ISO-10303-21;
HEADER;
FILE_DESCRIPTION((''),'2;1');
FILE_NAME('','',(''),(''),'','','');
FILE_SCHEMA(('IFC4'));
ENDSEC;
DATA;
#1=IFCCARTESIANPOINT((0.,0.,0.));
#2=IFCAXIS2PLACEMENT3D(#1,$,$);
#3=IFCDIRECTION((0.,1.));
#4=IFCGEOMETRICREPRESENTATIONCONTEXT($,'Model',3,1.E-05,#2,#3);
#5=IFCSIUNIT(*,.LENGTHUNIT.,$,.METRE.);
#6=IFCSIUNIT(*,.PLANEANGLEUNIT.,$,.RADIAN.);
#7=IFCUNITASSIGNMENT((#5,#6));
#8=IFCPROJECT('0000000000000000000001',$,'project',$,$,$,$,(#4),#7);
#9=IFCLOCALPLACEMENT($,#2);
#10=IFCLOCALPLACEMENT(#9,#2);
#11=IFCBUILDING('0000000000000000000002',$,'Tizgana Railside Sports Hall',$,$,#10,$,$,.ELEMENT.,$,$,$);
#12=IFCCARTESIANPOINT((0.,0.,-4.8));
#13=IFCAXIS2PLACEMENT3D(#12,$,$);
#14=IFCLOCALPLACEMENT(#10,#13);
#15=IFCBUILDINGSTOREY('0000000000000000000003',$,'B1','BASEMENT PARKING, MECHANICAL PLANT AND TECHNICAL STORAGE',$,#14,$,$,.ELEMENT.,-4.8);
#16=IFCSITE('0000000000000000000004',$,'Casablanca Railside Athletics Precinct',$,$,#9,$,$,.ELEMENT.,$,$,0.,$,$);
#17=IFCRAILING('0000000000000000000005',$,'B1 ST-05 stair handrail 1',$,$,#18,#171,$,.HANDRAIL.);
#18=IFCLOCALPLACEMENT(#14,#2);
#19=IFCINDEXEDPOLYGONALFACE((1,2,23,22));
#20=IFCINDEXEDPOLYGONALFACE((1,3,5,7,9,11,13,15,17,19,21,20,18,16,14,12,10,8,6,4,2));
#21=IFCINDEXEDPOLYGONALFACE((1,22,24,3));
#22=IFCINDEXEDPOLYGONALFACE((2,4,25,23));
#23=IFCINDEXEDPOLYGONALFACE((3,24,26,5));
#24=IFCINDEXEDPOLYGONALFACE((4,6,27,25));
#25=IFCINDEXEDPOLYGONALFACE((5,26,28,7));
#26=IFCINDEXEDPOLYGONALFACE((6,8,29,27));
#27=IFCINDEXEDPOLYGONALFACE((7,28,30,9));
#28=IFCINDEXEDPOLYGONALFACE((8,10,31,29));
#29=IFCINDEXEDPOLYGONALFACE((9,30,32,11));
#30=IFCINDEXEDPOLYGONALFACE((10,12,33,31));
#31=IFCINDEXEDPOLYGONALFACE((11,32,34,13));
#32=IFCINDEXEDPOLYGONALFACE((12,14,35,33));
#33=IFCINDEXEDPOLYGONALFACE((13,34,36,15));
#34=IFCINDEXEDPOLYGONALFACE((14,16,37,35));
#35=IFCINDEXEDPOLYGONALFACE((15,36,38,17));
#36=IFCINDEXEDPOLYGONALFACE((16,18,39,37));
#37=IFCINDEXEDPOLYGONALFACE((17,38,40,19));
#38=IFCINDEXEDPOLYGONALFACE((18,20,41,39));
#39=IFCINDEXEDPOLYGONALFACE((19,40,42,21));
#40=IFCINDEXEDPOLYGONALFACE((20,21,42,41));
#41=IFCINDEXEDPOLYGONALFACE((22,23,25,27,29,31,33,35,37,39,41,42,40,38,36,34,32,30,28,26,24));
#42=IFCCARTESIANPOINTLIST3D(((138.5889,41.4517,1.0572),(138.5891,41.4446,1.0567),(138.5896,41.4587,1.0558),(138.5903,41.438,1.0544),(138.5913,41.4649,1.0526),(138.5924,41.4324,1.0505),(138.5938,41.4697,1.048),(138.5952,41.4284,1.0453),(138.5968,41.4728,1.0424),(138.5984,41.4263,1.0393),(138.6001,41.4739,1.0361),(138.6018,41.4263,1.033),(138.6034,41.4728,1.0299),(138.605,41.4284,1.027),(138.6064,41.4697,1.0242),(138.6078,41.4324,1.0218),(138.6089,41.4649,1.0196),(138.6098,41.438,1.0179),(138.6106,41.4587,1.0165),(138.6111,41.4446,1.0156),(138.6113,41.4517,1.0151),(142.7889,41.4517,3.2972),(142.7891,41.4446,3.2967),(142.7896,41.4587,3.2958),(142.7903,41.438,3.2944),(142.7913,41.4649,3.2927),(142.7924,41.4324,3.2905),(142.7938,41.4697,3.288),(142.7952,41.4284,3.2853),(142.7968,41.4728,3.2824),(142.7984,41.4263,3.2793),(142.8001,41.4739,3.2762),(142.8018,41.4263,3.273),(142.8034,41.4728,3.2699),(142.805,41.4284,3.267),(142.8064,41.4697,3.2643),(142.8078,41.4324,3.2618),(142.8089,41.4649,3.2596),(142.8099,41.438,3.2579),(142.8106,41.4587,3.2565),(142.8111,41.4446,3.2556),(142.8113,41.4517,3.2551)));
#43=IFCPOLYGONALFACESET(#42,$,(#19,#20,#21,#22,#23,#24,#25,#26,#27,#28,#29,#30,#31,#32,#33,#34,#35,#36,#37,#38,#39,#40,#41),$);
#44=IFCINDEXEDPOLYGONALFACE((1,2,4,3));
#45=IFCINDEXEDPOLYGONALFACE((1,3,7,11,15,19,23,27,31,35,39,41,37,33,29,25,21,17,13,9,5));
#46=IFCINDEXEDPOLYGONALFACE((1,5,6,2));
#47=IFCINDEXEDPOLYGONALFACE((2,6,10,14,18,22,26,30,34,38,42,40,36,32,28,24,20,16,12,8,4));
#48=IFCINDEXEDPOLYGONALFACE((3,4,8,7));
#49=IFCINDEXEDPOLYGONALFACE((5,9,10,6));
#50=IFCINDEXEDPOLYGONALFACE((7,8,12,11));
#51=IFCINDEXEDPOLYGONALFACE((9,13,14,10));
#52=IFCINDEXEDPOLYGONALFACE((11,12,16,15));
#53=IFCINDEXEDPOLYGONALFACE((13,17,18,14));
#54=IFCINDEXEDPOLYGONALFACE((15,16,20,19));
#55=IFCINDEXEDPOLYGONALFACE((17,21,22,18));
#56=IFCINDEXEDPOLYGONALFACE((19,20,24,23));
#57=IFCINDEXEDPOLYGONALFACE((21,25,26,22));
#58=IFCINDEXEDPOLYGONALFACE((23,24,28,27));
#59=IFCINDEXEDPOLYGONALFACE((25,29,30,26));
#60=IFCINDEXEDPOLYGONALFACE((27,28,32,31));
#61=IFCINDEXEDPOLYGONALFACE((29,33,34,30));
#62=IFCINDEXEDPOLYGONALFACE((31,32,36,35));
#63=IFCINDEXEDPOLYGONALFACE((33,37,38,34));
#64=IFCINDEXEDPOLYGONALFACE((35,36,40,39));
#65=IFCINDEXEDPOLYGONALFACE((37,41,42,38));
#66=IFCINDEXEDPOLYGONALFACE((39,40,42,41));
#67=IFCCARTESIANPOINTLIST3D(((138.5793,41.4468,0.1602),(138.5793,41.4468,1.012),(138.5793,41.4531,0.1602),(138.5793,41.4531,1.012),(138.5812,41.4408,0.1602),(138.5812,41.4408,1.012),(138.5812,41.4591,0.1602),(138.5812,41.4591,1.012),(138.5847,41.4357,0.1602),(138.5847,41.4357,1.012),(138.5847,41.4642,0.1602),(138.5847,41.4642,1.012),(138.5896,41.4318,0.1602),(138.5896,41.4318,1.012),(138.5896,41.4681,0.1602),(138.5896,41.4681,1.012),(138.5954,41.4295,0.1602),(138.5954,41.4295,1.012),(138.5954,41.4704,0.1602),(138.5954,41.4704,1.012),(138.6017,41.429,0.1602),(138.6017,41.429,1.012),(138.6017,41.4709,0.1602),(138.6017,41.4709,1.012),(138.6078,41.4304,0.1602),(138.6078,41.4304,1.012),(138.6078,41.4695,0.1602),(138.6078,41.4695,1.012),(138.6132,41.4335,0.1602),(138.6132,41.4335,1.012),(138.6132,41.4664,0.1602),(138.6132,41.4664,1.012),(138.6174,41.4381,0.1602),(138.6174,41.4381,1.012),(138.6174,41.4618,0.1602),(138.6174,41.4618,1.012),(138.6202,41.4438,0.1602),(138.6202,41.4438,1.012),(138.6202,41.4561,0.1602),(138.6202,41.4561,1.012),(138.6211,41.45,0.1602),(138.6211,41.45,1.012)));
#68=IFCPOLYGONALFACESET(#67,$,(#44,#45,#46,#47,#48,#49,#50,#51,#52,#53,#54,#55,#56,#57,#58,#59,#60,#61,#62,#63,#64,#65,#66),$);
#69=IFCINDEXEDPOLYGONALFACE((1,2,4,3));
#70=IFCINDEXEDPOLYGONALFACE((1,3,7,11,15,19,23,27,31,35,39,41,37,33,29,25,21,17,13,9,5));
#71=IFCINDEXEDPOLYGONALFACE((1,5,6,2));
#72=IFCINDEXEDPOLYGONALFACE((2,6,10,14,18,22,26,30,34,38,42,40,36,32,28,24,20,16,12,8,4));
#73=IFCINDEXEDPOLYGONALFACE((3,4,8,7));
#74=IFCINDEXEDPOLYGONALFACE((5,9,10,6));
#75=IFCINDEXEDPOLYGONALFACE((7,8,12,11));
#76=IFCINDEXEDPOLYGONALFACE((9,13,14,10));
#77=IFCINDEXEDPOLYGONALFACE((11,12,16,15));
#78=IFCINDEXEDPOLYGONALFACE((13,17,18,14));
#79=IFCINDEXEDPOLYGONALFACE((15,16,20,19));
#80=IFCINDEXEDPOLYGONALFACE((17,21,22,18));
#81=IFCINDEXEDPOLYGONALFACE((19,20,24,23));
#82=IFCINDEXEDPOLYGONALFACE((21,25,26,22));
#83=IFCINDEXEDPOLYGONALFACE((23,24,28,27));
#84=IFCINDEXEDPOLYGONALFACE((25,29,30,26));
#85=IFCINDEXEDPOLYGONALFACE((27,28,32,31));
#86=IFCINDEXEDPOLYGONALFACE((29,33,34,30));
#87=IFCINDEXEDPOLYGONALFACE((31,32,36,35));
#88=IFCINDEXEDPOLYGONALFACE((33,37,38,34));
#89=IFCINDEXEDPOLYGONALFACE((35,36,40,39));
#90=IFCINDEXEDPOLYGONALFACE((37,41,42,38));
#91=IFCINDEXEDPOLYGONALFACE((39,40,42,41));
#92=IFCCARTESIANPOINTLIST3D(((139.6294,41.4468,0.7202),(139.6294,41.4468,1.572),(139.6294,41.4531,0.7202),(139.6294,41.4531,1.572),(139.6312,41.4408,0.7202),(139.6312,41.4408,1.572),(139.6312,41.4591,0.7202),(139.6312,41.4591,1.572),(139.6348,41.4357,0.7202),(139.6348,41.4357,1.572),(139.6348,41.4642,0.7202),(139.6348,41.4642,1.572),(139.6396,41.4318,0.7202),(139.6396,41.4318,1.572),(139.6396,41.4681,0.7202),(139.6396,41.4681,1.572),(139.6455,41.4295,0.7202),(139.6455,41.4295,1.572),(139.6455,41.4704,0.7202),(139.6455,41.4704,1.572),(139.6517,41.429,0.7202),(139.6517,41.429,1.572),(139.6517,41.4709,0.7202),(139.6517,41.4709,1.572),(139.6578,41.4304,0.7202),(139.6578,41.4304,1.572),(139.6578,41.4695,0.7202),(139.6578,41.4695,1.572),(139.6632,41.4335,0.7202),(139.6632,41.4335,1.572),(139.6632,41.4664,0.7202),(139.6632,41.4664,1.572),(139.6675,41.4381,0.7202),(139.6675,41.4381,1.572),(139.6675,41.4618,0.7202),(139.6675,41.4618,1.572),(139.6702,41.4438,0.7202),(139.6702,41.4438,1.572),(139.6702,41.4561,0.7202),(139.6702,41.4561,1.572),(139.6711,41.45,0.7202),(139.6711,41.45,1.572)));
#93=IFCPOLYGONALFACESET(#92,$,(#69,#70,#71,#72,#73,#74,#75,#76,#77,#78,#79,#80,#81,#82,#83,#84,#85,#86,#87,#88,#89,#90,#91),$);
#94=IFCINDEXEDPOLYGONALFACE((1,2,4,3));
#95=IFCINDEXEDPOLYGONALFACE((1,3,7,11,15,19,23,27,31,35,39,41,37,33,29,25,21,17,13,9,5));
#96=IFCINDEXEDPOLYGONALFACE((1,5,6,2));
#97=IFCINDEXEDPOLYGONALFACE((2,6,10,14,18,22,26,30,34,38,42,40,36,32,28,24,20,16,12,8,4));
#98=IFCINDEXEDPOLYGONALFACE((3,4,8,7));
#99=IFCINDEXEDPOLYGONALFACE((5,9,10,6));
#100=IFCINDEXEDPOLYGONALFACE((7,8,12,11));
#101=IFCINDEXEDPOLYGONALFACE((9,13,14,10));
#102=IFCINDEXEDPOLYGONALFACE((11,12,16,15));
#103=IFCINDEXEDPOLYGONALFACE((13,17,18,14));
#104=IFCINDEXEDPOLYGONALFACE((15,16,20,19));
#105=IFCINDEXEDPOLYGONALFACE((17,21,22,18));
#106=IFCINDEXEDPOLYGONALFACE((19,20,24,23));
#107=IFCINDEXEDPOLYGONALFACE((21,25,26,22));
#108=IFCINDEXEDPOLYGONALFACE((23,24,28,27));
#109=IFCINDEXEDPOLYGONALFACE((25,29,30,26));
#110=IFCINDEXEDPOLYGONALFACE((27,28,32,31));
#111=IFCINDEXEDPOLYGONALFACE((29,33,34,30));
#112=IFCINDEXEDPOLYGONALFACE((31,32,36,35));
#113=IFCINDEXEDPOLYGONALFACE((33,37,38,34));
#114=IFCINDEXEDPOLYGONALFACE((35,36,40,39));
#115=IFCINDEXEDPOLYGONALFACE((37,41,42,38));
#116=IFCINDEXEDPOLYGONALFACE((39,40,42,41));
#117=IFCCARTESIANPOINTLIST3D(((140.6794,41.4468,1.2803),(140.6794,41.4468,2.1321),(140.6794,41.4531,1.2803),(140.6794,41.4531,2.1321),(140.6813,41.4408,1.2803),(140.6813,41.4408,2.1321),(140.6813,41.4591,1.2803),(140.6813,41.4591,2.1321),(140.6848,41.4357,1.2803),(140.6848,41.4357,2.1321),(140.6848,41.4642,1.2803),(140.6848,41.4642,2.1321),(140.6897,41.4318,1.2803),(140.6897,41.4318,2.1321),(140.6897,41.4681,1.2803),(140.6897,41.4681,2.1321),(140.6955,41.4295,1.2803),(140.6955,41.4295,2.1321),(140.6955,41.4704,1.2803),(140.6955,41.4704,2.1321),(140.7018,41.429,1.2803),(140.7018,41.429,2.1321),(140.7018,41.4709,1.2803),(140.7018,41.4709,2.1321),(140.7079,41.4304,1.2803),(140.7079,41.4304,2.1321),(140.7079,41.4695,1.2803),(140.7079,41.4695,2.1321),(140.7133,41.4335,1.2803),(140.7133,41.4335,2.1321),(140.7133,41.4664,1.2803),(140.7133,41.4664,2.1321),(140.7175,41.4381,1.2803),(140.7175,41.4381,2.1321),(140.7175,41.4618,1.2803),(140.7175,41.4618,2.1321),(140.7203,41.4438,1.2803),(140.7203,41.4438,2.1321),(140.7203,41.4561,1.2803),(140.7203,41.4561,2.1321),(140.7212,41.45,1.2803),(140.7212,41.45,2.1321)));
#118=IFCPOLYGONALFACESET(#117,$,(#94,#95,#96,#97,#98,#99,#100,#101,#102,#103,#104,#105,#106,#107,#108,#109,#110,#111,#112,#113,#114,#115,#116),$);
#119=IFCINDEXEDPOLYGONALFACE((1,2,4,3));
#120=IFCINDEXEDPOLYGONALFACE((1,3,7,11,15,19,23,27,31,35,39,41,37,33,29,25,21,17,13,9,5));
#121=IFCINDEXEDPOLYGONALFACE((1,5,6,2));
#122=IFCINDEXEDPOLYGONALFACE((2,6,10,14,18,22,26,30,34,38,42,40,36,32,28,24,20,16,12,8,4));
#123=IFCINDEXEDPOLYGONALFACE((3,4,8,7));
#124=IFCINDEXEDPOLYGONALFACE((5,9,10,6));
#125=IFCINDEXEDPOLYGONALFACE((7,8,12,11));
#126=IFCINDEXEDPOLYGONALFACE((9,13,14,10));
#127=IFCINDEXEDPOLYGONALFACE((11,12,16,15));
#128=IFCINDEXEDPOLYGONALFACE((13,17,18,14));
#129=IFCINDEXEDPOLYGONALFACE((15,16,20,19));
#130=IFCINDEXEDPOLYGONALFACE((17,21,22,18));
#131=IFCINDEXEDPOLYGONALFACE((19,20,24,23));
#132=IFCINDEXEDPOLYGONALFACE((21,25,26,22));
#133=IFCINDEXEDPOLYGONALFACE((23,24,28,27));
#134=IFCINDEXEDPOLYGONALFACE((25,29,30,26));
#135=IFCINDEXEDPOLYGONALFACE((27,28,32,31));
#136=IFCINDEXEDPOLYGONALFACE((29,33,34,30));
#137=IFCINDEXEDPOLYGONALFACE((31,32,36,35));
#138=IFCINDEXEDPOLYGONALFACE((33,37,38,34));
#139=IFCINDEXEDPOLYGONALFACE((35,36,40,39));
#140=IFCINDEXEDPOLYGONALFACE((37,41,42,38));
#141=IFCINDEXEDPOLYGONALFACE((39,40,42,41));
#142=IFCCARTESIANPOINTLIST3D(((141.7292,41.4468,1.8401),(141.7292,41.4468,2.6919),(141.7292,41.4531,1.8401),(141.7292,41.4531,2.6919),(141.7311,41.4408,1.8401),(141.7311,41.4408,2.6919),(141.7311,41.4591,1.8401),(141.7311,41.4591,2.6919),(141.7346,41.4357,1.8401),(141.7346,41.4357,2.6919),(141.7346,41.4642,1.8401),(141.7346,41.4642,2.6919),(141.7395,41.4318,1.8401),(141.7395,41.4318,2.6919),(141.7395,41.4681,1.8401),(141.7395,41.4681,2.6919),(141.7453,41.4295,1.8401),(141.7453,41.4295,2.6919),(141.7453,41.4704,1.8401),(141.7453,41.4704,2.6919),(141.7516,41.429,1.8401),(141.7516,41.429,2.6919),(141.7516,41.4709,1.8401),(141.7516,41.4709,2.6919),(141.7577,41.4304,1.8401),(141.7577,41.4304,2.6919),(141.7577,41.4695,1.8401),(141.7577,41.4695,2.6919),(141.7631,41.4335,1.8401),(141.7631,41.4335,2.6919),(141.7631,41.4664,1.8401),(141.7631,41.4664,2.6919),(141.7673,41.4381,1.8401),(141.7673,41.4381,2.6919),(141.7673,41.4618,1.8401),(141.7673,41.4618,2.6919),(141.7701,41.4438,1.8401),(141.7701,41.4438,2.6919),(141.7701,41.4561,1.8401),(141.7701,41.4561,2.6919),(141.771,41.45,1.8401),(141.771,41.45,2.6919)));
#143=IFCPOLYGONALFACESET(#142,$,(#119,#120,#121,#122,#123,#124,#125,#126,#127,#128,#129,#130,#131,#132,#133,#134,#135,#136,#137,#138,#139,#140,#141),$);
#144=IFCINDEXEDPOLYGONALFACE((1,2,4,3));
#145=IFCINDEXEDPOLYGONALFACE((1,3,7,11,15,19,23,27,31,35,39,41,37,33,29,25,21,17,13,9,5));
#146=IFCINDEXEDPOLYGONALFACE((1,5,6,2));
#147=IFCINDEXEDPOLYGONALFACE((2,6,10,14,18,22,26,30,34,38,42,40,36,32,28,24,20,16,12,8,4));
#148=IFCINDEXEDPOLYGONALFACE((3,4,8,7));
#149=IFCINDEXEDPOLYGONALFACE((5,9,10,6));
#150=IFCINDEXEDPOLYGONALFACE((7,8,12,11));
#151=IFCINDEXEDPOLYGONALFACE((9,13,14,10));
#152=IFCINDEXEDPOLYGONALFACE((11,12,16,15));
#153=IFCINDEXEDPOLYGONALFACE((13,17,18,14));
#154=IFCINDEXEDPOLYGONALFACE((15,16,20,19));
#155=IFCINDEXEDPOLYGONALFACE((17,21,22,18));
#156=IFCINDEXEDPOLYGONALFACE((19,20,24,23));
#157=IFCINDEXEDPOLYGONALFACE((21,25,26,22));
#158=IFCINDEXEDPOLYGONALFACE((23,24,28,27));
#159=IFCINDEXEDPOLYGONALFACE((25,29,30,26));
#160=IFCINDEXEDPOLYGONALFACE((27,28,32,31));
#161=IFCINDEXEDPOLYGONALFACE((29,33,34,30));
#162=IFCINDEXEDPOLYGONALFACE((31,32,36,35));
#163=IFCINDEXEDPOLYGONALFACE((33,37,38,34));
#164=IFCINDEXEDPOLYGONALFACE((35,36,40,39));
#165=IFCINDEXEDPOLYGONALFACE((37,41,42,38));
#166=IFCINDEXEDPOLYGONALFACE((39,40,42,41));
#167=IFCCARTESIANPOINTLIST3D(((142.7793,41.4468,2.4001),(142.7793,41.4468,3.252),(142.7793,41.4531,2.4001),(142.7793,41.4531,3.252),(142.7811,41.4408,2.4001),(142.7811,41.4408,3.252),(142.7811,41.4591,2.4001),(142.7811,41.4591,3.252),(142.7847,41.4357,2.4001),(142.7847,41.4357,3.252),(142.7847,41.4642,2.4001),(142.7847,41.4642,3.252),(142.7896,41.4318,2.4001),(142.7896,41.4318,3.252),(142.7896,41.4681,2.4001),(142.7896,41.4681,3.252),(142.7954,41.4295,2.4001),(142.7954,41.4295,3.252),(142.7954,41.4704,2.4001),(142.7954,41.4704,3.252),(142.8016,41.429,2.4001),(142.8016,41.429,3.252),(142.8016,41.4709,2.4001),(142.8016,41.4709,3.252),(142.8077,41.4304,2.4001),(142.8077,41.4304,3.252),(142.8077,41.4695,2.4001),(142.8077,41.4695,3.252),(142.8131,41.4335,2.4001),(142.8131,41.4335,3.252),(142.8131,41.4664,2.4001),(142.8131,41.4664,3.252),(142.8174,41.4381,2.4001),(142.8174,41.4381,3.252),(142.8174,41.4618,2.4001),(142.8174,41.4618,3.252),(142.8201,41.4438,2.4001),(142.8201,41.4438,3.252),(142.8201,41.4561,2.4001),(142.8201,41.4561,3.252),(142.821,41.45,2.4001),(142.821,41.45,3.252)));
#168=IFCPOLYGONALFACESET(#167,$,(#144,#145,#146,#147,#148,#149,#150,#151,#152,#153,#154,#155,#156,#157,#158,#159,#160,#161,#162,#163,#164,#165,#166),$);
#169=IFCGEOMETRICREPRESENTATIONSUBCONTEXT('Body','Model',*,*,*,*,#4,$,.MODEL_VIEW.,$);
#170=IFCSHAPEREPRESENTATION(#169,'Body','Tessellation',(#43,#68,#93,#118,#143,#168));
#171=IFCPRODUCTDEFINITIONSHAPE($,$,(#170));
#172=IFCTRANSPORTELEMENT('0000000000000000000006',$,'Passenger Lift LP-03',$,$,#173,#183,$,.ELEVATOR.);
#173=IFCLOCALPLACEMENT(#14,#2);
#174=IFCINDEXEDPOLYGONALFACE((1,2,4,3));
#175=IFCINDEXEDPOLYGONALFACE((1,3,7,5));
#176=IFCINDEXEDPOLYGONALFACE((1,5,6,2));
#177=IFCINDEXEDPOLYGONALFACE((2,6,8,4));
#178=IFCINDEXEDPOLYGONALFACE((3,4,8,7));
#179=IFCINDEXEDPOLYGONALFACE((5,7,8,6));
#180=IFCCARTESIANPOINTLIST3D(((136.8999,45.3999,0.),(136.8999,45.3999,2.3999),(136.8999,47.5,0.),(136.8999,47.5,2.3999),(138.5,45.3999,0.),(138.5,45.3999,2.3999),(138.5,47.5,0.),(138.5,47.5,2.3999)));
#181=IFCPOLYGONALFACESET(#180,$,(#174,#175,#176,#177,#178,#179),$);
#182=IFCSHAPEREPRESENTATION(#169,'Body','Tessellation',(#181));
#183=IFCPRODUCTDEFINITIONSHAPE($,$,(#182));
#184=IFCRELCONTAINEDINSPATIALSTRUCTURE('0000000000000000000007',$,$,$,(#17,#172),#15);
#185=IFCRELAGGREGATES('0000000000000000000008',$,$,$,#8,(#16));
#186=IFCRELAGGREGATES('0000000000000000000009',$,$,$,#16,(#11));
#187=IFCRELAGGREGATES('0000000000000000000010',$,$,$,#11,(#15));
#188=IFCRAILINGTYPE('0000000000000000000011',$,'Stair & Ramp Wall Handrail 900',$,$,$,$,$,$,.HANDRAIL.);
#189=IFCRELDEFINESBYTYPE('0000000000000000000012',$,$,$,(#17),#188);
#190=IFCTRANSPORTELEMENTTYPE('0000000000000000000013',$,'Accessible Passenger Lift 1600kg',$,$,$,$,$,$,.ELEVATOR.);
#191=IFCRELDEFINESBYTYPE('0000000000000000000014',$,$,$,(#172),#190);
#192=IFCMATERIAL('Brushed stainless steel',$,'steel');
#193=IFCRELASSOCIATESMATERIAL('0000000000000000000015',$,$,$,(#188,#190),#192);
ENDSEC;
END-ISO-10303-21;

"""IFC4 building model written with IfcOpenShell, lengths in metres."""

from ifc_helpers import new_model, si_unit, direction, frame, origin, origin_2d, place, context, subcontext, project, spatial, rectangle, circle, extrude, material, type_object, element, save


model = new_model("IFC4")

# Units and contexts
model_context = context("Model", 3, precision=1e-05, world=origin(), true_north=direction((0.0, 1.0)))
body_context = subcontext(model_context, "Body", "Model", "MODEL_VIEW")
ifc_project = project(units=[si_unit("LENGTHUNIT", "METRE"), si_unit("PLANEANGLEUNIT", "RADIAN")], contexts=[model_context])

# Site, building, storey
site_placement = place(None, origin())
site = spatial("IfcSite", under=ifc_project, at=site_placement, Name="Casablanca Railside Athletics Precinct", CompositionType="ELEMENT", RefElevation=0.0)
building_placement = place(site_placement, origin())
building = spatial("IfcBuilding", under=site, at=building_placement, Name="Tizgana Railside Sports Hall", CompositionType="ELEMENT")
storey_placement = place(building_placement, frame((0.0, 0.0, -4.8)))
storey = spatial("IfcBuildingStorey", under=building, at=storey_placement, Name="B1", Description="BASEMENT PARKING, MECHANICAL PLANT AND TECHNICAL STORAGE", CompositionType="ELEMENT", Elevation=-4.8)

# Shared definitions
ifc_material_1 = material(Name="Brushed stainless steel", Category="steel")

# Railing
railing_type_1 = type_object("IfcRailingType", Name="Stair & Ramp Wall Handrail 900", PredefinedType="HANDRAIL", material=ifc_material_1)
railing_1_placement = place(storey_placement, frame((138.6001, 41.45, 0.1602)))
element("IfcRailing", 1, at=railing_1_placement, inside=storey, type_object=railing_type_1, Name="B1 ST-05 stair handrail 1", PredefinedType="HANDRAIL", context=body_context, shape_type="SweptSolid", body=[
    extrude(circle(Radius=0.0239, at=origin_2d()), frame((0.0, 0.0, 0.876), z_axis=(0.882352, 0.0, 0.470591), x_axis=(0.0, 1.0, 0.0)), (0.0, 0.0, 1.0), 4.76),
    extrude(circle(Radius=0.021, at=origin_2d()), origin(), (0.0, 0.0, 1.0), 0.8518),
    extrude(circle(Radius=0.021, at=origin_2d()), frame((1.05, 0.0, 0.5601)), (0.0, 0.0, 1.0), 0.8518),
    extrude(circle(Radius=0.021, at=origin_2d()), frame((2.1001, 0.0, 1.1201)), (0.0, 0.0, 1.0), 0.8518),
    extrude(circle(Radius=0.021, at=origin_2d()), frame((3.1499, 0.0, 1.6799)), (0.0, 0.0, 1.0), 0.8518),
    extrude(circle(Radius=0.021, at=origin_2d()), frame((4.2, 0.0, 2.24)), (0.0, 0.0, 1.0), 0.8518),
])

# Transport element
transport_element_type = type_object("IfcTransportElementType", Name="Accessible Passenger Lift 1600kg", PredefinedType="ELEVATOR", material=ifc_material_1)
transport_element_placement = place(storey_placement, frame((137.7, 46.45, 0.0), z_axis=(0.0, 0.0, 1.0), x_axis=(1.0, 0.0, 0.0)))
element("IfcTransportElement", 2, at=transport_element_placement, inside=storey, type_object=transport_element_type, Name="Passenger Lift LP-03", PredefinedType="ELEVATOR", context=body_context, shape_type="SweptSolid", body=[
    extrude(rectangle(XDim=1.6001, YDim=2.1001, at=origin_2d()), origin(), (0.0, 0.0, 1.0), 2.3999),
])

save(model, "model.ifc")
